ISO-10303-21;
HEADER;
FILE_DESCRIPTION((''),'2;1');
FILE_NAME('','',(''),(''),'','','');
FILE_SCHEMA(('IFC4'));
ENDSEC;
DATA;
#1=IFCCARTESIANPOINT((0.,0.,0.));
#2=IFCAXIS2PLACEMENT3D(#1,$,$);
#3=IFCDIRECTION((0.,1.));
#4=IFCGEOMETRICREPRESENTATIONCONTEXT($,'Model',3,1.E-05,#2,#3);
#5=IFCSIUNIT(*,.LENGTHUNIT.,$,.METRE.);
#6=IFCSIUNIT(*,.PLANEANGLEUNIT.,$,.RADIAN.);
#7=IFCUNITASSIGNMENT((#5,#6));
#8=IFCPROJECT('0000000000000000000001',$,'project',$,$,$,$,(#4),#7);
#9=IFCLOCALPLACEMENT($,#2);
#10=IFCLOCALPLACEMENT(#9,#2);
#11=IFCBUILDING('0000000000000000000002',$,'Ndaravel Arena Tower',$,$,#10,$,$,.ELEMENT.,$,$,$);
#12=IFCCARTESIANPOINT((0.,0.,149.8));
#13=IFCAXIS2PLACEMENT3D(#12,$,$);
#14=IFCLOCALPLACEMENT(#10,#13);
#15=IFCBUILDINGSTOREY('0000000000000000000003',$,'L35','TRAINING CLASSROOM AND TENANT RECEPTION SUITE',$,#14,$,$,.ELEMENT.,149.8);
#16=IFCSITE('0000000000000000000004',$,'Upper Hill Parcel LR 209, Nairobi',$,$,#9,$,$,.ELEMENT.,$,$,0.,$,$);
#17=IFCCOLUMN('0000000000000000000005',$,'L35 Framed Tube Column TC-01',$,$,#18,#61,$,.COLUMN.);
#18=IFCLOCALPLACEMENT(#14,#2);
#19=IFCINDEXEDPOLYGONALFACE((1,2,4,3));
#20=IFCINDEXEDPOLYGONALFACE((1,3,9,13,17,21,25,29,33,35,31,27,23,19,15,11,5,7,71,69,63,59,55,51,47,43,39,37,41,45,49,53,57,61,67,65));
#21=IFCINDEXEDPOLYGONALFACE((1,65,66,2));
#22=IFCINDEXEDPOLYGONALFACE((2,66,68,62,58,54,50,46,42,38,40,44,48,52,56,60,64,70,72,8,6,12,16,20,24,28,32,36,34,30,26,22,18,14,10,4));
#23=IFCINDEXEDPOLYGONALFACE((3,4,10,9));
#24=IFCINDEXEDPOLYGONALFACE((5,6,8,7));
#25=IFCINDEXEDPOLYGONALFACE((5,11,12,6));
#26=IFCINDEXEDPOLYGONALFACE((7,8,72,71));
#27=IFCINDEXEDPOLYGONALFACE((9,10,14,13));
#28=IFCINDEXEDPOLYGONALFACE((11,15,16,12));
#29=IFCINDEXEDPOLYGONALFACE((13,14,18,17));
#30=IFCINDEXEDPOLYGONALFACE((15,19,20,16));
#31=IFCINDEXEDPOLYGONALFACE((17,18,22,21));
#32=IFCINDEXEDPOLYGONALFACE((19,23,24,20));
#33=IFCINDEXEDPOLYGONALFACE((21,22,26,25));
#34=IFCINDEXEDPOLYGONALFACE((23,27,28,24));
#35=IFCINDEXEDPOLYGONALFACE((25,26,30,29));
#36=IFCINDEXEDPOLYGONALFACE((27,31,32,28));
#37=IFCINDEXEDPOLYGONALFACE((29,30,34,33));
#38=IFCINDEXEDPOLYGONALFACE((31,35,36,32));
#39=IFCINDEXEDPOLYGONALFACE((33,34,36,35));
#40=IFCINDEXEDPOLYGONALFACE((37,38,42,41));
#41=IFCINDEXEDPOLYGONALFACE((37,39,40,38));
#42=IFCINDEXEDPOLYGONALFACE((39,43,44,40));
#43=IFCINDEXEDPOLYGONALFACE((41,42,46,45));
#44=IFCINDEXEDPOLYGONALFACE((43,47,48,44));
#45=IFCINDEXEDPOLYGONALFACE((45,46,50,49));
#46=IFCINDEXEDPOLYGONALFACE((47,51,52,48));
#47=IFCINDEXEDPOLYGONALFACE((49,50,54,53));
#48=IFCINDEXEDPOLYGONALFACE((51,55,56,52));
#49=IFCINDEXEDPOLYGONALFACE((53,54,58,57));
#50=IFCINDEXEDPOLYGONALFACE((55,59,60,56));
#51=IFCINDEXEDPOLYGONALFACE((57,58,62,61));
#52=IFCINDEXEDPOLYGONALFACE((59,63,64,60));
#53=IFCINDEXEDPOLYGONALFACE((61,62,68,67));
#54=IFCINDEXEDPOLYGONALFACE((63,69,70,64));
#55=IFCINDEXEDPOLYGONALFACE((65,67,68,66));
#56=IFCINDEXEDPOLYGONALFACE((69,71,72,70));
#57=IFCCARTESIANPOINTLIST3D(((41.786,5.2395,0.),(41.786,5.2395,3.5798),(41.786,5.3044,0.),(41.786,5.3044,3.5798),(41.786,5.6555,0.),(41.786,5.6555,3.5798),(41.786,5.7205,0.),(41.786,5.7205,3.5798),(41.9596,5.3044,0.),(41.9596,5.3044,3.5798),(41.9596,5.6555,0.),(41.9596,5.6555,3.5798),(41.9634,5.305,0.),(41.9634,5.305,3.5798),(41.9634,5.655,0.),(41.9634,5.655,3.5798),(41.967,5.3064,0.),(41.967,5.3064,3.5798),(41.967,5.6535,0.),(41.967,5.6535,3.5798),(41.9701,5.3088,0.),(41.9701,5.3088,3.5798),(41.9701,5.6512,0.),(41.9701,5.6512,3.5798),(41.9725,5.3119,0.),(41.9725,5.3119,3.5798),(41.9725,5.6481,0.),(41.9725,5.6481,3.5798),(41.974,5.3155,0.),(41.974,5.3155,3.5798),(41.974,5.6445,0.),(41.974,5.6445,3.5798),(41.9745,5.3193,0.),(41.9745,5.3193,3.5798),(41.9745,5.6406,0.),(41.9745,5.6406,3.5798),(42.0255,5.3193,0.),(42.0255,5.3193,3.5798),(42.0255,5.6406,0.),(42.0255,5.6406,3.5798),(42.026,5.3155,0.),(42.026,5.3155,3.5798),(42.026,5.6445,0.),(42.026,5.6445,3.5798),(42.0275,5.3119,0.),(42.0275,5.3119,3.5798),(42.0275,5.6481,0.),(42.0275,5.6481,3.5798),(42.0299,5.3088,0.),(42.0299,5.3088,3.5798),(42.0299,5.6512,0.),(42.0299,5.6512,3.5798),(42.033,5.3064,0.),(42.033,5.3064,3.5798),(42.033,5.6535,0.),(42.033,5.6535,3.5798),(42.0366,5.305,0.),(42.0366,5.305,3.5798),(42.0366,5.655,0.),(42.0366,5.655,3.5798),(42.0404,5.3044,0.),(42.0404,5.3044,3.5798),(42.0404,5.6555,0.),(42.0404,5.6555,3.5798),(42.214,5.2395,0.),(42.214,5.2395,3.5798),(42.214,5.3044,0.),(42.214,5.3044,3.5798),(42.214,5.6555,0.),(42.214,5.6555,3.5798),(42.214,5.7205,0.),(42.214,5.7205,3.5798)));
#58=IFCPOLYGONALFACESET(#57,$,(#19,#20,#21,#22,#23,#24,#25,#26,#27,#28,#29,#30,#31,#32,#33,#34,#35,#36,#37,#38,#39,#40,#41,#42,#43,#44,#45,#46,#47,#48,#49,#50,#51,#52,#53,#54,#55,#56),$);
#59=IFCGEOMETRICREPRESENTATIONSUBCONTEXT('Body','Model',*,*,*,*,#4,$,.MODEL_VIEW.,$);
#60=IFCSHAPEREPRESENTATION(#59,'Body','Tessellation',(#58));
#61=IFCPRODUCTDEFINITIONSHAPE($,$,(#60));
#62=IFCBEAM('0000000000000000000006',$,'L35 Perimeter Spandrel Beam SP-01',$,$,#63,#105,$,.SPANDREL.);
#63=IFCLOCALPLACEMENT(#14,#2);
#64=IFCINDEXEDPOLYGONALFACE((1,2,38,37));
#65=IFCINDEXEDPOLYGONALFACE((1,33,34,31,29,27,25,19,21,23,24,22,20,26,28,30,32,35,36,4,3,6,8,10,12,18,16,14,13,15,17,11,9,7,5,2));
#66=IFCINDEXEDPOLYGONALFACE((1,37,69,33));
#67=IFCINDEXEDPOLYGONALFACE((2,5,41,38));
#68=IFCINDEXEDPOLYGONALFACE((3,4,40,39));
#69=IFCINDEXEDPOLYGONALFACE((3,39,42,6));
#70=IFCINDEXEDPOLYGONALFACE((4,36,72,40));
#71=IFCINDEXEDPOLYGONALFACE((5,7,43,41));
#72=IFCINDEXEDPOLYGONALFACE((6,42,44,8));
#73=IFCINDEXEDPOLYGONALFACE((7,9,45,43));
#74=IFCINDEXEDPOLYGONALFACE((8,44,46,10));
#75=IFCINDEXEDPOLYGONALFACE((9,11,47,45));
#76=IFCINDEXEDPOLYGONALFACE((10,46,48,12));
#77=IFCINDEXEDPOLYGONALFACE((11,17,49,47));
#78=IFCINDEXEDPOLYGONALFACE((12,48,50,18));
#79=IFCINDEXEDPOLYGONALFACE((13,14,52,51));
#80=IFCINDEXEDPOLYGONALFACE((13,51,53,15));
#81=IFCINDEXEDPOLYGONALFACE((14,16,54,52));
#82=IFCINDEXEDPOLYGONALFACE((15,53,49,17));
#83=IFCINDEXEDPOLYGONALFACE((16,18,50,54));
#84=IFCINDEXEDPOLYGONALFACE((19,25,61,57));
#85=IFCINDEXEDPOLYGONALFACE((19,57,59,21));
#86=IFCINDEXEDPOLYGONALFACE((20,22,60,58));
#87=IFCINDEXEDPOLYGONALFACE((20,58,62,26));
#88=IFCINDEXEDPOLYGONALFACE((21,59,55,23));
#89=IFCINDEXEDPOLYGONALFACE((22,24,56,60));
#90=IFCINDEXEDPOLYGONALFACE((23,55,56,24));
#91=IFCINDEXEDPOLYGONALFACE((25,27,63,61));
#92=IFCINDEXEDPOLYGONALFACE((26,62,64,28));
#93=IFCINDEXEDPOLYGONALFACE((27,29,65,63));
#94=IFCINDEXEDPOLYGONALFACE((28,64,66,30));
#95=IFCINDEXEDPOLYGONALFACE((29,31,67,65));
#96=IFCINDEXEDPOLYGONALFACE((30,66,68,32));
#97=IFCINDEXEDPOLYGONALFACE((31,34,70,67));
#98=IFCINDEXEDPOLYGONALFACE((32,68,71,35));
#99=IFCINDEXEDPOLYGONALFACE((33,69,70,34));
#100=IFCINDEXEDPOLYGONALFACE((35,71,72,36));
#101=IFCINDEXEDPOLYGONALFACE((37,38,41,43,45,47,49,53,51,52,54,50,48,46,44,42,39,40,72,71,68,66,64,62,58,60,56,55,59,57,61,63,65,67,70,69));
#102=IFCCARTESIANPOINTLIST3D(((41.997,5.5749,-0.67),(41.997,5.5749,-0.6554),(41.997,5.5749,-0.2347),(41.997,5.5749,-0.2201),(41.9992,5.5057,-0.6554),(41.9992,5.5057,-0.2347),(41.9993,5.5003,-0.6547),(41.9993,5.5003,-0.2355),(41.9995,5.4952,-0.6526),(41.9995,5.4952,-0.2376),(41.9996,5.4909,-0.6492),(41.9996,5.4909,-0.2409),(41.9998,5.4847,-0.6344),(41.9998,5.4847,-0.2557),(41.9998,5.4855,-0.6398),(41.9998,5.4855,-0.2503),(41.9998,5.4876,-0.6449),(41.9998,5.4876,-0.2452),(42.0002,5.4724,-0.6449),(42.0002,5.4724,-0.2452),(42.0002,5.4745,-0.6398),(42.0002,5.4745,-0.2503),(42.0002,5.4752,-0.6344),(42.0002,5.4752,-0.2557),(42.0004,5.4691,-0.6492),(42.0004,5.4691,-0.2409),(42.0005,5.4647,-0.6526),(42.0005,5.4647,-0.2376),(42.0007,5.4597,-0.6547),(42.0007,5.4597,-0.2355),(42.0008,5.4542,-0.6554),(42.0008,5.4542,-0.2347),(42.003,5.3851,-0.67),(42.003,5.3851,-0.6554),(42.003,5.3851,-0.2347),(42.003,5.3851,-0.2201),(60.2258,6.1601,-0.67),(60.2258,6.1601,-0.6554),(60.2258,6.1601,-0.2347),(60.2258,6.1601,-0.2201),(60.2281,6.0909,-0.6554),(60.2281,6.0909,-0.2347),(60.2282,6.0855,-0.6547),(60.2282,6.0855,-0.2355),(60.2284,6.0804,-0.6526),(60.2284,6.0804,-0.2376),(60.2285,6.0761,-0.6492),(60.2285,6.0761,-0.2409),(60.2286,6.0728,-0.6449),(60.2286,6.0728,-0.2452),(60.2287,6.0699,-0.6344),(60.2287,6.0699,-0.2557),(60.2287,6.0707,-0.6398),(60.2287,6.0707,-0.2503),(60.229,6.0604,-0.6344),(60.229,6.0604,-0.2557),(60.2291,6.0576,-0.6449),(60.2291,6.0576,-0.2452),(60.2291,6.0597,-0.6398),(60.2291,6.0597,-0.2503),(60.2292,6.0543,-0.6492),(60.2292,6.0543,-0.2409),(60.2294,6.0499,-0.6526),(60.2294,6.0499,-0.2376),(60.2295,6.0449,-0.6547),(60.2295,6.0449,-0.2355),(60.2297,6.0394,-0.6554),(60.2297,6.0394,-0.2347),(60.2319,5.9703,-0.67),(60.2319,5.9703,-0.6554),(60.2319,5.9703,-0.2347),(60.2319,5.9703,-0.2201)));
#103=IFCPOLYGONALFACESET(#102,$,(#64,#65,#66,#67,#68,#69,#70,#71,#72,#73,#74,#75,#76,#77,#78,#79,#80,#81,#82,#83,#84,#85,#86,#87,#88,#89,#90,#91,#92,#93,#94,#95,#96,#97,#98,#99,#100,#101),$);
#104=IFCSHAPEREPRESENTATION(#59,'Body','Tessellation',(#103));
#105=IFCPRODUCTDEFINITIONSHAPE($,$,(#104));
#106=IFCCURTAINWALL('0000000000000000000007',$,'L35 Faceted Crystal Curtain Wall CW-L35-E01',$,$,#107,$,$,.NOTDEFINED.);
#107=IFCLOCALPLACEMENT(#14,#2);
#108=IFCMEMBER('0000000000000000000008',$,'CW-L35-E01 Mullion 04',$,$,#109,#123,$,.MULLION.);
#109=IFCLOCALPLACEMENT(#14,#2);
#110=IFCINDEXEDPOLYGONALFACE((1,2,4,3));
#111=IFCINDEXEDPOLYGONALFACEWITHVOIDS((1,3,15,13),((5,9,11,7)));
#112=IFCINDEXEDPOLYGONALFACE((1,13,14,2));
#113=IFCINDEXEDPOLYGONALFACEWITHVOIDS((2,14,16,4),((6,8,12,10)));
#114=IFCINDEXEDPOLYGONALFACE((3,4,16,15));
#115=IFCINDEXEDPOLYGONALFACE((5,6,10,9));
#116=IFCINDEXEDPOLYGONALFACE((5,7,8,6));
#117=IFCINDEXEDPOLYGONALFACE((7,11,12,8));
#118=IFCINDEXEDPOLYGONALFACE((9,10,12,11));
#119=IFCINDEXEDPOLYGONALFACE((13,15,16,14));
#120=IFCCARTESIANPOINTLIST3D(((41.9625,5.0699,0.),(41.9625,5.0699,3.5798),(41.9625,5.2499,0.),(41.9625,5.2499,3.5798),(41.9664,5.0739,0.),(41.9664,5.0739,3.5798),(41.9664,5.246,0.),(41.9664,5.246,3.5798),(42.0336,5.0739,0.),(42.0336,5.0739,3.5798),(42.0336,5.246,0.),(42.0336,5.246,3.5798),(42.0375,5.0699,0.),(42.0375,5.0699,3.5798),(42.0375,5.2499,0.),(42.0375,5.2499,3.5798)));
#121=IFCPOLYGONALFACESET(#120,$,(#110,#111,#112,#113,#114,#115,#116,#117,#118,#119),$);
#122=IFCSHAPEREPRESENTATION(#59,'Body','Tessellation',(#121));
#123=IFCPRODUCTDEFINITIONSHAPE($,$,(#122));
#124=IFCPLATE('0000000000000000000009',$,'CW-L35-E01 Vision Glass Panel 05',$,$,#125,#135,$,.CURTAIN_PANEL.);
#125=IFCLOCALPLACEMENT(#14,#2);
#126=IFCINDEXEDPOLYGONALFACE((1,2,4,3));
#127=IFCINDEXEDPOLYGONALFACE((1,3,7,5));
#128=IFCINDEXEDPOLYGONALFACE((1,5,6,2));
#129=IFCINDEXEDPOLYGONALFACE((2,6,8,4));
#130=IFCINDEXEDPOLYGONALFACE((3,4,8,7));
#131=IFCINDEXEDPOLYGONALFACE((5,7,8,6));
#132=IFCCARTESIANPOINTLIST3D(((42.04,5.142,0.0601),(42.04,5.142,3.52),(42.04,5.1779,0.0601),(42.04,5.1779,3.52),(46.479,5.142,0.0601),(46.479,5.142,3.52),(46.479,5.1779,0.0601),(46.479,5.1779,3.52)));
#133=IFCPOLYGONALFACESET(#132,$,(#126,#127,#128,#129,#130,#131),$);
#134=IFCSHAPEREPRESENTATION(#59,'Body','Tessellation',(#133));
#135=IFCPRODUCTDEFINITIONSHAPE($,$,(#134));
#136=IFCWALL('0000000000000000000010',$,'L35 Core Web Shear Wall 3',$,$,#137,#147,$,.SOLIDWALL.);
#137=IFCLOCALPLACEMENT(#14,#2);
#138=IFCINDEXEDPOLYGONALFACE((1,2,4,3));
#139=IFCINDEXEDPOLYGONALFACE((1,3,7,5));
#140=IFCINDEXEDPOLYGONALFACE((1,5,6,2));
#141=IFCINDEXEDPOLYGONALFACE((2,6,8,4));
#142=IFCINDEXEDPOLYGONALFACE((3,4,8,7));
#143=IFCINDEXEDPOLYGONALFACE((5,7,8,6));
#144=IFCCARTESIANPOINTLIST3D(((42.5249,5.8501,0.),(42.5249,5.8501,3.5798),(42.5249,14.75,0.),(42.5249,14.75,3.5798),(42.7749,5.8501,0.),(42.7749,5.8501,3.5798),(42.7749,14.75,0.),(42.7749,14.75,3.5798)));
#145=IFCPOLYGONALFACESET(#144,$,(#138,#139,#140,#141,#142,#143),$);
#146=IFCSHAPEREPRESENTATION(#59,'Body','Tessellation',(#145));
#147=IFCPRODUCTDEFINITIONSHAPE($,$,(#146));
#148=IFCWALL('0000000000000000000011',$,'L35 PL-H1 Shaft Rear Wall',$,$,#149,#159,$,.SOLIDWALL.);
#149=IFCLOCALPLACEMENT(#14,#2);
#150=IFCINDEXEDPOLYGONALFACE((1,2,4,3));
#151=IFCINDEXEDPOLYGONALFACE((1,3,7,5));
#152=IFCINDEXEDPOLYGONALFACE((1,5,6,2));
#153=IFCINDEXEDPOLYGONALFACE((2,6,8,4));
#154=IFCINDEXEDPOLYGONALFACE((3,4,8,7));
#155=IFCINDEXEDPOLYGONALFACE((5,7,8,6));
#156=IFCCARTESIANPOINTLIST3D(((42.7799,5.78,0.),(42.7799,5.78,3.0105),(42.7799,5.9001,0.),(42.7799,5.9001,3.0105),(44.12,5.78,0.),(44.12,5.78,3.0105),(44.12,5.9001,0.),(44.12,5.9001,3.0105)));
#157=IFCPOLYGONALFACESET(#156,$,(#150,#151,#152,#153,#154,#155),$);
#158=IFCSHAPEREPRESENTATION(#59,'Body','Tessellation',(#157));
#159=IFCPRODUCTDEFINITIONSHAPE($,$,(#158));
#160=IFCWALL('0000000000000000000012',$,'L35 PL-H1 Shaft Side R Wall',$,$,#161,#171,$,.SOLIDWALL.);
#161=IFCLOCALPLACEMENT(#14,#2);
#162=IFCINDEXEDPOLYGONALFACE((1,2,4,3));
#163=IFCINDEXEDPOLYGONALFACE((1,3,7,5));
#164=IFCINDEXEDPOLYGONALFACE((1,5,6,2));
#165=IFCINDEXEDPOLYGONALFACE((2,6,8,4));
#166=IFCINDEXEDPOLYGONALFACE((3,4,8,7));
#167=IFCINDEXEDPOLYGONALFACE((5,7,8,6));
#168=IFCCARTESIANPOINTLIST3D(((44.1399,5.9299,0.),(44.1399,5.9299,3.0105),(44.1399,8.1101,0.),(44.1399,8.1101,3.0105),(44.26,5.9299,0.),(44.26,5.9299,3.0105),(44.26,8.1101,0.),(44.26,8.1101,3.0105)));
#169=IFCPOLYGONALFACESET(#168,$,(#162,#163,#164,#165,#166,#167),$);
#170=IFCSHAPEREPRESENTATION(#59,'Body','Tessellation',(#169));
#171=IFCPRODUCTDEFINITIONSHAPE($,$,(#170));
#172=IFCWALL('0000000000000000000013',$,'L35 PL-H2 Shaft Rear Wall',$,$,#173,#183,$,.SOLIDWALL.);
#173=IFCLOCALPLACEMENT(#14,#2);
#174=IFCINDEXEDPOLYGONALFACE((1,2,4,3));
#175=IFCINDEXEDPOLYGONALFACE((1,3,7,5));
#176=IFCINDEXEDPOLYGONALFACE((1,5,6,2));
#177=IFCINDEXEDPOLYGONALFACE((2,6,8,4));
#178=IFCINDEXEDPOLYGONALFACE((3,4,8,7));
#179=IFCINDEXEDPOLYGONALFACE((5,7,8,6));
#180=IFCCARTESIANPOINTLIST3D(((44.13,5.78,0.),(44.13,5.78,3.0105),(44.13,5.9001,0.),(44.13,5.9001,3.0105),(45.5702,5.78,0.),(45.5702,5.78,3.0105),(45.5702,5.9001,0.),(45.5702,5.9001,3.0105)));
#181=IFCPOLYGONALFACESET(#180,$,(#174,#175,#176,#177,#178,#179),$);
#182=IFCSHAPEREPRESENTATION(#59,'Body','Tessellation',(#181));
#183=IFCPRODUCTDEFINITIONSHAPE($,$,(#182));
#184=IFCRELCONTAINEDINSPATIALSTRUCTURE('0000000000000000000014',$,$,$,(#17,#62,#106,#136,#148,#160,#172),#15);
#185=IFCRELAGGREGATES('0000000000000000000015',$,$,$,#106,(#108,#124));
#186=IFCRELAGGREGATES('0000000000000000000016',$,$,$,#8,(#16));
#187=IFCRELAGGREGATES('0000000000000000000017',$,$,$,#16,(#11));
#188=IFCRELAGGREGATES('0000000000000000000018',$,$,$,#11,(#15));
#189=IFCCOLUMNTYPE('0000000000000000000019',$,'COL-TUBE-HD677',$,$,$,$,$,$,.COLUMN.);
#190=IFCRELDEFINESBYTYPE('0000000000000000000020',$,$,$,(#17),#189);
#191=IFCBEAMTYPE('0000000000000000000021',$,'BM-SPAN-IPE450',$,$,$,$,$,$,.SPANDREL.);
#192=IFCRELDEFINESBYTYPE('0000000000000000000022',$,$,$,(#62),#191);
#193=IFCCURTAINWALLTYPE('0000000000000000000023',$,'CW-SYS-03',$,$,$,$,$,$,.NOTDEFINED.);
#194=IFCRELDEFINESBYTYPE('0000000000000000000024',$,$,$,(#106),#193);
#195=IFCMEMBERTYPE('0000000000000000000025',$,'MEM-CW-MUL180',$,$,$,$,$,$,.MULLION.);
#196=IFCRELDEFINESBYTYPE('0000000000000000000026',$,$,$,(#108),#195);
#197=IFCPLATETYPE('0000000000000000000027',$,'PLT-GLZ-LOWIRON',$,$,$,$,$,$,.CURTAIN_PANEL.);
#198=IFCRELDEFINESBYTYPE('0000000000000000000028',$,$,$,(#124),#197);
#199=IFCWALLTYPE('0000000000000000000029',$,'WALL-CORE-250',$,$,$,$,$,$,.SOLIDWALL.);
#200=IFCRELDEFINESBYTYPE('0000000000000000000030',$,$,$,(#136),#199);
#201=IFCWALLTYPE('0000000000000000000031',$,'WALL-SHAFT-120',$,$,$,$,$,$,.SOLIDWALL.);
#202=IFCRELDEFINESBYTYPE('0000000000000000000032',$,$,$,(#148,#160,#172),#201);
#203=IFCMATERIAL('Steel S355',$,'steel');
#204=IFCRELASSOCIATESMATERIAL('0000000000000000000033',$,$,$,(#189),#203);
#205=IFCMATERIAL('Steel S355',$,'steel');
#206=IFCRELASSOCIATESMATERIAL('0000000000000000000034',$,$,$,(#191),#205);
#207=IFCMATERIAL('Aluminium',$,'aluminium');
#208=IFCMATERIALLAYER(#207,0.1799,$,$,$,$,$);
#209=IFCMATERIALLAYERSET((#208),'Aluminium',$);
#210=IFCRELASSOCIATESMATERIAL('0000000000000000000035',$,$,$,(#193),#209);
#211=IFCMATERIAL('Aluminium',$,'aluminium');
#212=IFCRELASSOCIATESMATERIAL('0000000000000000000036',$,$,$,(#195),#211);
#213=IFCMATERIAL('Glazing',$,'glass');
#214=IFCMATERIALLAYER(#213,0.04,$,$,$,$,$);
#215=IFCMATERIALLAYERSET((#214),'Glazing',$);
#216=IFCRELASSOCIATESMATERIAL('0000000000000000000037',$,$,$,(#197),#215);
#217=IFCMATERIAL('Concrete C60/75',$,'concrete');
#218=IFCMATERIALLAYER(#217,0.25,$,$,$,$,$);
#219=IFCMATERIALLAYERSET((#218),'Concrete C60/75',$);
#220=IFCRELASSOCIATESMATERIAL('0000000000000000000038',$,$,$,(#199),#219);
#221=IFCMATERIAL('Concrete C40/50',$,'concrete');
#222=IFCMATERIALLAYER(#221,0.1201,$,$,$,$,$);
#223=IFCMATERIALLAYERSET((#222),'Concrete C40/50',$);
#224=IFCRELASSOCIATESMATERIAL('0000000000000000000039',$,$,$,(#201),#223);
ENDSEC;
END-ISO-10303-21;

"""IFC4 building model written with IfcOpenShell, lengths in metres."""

from ifc_helpers import new_model, si_unit, direction, frame, frame_2d, origin, origin_2d, place, context, subcontext, project, spatial, rectangle, hollow_rectangle, i_section, extrude, material, layer, layer_set, material_profile, profile_set, type_object, element, aggregate, save


model = new_model("IFC4")

# Units and contexts
model_context = context("Model", 3, precision=1e-05, world=origin(), true_north=direction((0.0, 1.0)))
body_context = subcontext(model_context, "Body", "Model", "MODEL_VIEW")
ifc_project = project(units=[si_unit("LENGTHUNIT", "METRE"), si_unit("PLANEANGLEUNIT", "RADIAN")], contexts=[model_context])

# Site, building, storey
site_placement = place(None, origin())
site = spatial("IfcSite", under=ifc_project, at=site_placement, Name="Upper Hill Parcel LR 209, Nairobi", CompositionType="ELEMENT", RefElevation=0.0)
building_placement = place(site_placement, origin())
building = spatial("IfcBuilding", under=site, at=building_placement, Name="Ndaravel Arena Tower", CompositionType="ELEMENT")
storey_placement = place(building_placement, frame((0.0, 0.0, 149.8)))
storey = spatial("IfcBuildingStorey", under=building, at=storey_placement, Name="L35", Description="TRAINING CLASSROOM AND TENANT RECEPTION SUITE", CompositionType="ELEMENT", Elevation=149.8)

# Column
ifc_material_1 = material(Name="Steel S355", Category="steel")
ifc_material_profile_1 = material_profile(ifc_material_1, i_section(OverallWidth=0.428, OverallDepth=0.481, WebThickness=0.051, FlangeThickness=0.0649, FilletRadius=0.0149, at=origin_2d()), Name="HD 400x677")
ifc_profile_set_1 = profile_set([ifc_material_profile_1], Name="Steel S355")
column_type = type_object("IfcColumnType", Name="COL-TUBE-HD677", PredefinedType="COLUMN", material=ifc_profile_set_1)
column_placement = place(storey_placement, frame((42.0, 5.48, 0.0), z_axis=(0.0, 0.0, 1.0), x_axis=(1.0, 0.0, 0.0)))
element("IfcColumn", 1, at=column_placement, inside=storey, type_object=column_type, Name="L35 Framed Tube Column TC-01", PredefinedType="COLUMN", context=body_context, shape_type="SweptSolid", body=[
    extrude(i_section(OverallWidth=0.428, OverallDepth=0.481, WebThickness=0.051, FlangeThickness=0.0649, FilletRadius=0.0149, at=origin_2d()), origin(), (0.0, 0.0, 1.0), 3.5798),
])

# Beam
ifc_material_2 = material(Name="Steel S355", Category="steel")
ifc_material_profile_2 = material_profile(ifc_material_2, i_section(OverallWidth=0.1899, OverallDepth=0.45, WebThickness=0.0095, FlangeThickness=0.0146, FilletRadius=0.021, at=origin_2d()), Name="IPE 450")
ifc_profile_set_2 = profile_set([ifc_material_profile_2], Name="Steel S355")
beam_type = type_object("IfcBeamType", Name="BM-SPAN-IPE450", PredefinedType="SPANDREL", material=ifc_profile_set_2)
beam_placement = place(storey_placement, frame((42.0, 5.48, -0.4451), z_axis=(0.999485, 0.032086, 0.0), x_axis=(-0.032086, 0.999485, 0.0)))
element("IfcBeam", 2, at=beam_placement, inside=storey, type_object=beam_type, Name="L35 Perimeter Spandrel Beam SP-01", PredefinedType="SPANDREL", context=body_context, shape_type="SweptSolid", body=[
    extrude(i_section(OverallWidth=0.1899, OverallDepth=0.45, WebThickness=0.0095, FlangeThickness=0.0146, FilletRadius=0.021, at=origin_2d()), origin(), (0.0, 0.0, 1.0), 18.2383),
])

# Curtain wall, member, plate
ifc_material_3 = material(Name="Aluminium", Category="aluminium")
ifc_layer_1 = layer(ifc_material_3, 0.1799)
ifc_layer_set_1 = layer_set([ifc_layer_1], Name="Aluminium")
curtain_wall_type = type_object("IfcCurtainWallType", Name="CW-SYS-03", PredefinedType="NOTDEFINED", material=ifc_layer_set_1)
curtain_wall_placement = place(storey_placement, origin())
curtain_wall = element("IfcCurtainWall", 3, at=curtain_wall_placement, inside=storey, type_object=curtain_wall_type, Name="L35 Faceted Crystal Curtain Wall CW-L35-E01", PredefinedType="NOTDEFINED")
ifc_material_4 = material(Name="Aluminium", Category="aluminium")
ifc_material_profile_3 = material_profile(ifc_material_4, hollow_rectangle(XDim=0.075, YDim=0.1799, WallThickness=0.0039, at=origin_2d()), Name="CW MULLION 75x180x4")
ifc_profile_set_3 = profile_set([ifc_material_profile_3], Name="Aluminium")
member_type = type_object("IfcMemberType", Name="MEM-CW-MUL180", PredefinedType="MULLION", material=ifc_profile_set_3)
member_placement = place(storey_placement, frame((42.0, 5.1599, 0.0), z_axis=(0.0, 0.0, 1.0), x_axis=(1.0, 0.0, 0.0)))
member = element("IfcMember", 4, at=member_placement, type_object=member_type, Name="CW-L35-E01 Mullion 04", PredefinedType="MULLION", context=body_context, shape_type="SweptSolid", body=[
    extrude(hollow_rectangle(XDim=0.075, YDim=0.1799, WallThickness=0.0039, at=origin_2d()), origin(), (0.0, 0.0, 1.0), 3.5798),
])
ifc_material_5 = material(Name="Glazing", Category="glass")
ifc_layer_2 = layer(ifc_material_5, 0.04)
ifc_layer_set_2 = layer_set([ifc_layer_2], Name="Glazing")
plate_type = type_object("IfcPlateType", Name="PLT-GLZ-LOWIRON", PredefinedType="CURTAIN_PANEL", material=ifc_layer_set_2)
plate_placement = place(storey_placement, frame((44.2595, 5.1599, 0.0601), z_axis=(0.0, 0.0, 1.0), x_axis=(1.0, 0.0, 0.0)))
plate = element("IfcPlate", 5, at=plate_placement, type_object=plate_type, Name="CW-L35-E01 Vision Glass Panel 05", PredefinedType="CURTAIN_PANEL", context=body_context, shape_type="SweptSolid", body=[
    extrude(rectangle(XDim=4.439, YDim=0.0359, at=origin_2d()), origin(), (0.0, 0.0, 1.0), 3.46),
])
aggregate(curtain_wall, [member, plate])

# Walls
ifc_material_6 = material(Name="Concrete C60/75", Category="concrete")
ifc_layer_3 = layer(ifc_material_6, 0.25)
ifc_layer_set_3 = layer_set([ifc_layer_3], Name="Concrete C60/75")
wall_type_1 = type_object("IfcWallType", Name="WALL-CORE-250", PredefinedType="SOLIDWALL", material=ifc_layer_set_3)
wall_1_placement = place(storey_placement, frame((42.6499, 5.8501, 0.0), z_axis=(0.0, 0.0, 1.0), x_axis=(0.0, 1.0, 0.0)))
element("IfcWall", 6, at=wall_1_placement, inside=storey, type_object=wall_type_1, Name="L35 Core Web Shear Wall 3", PredefinedType="SOLIDWALL", context=body_context, shape_type="SweptSolid", body=[
    extrude(rectangle(XDim=8.8999, YDim=0.25, at=frame_2d((4.45, 0.0))), origin(), (0.0, 0.0, 1.0), 3.5798),
])
ifc_material_7 = material(Name="Concrete C40/50", Category="concrete")
ifc_layer_4 = layer(ifc_material_7, 0.1201)
ifc_layer_set_4 = layer_set([ifc_layer_4], Name="Concrete C40/50")
wall_type_2 = type_object("IfcWallType", Name="WALL-SHAFT-120", PredefinedType="SOLIDWALL", material=ifc_layer_set_4)
wall_2_placement = place(storey_placement, frame((42.78, 5.8401, 0.0), z_axis=(0.0, 0.0, 1.0), x_axis=(1.0, 0.0, 0.0)))
element("IfcWall", 7, at=wall_2_placement, inside=storey, type_object=wall_type_2, Name="L35 PL-H1 Shaft Rear Wall", PredefinedType="SOLIDWALL", context=body_context, shape_type="SweptSolid", body=[
    extrude(rectangle(XDim=1.3401, YDim=0.1201, at=frame_2d((0.6699, 0.0))), origin(), (0.0, 0.0, 1.0), 3.0105),
])
wall_3_placement = place(storey_placement, frame((44.2, 5.9299, 0.0), z_axis=(0.0, 0.0, 1.0), x_axis=(0.0, 1.0, 0.0)))
element("IfcWall", 8, at=wall_3_placement, inside=storey, type_object=wall_type_2, Name="L35 PL-H1 Shaft Side R Wall", PredefinedType="SOLIDWALL", context=body_context, shape_type="SweptSolid", body=[
    extrude(rectangle(XDim=2.1802, YDim=0.1201, at=frame_2d((1.0901, 0.0))), origin(), (0.0, 0.0, 1.0), 3.0105),
])
wall_4_placement = place(storey_placement, frame((44.1299, 5.8401, 0.0), z_axis=(0.0, 0.0, 1.0), x_axis=(1.0, 0.0, 0.0)))
element("IfcWall", 9, at=wall_4_placement, inside=storey, type_object=wall_type_2, Name="L35 PL-H2 Shaft Rear Wall", PredefinedType="SOLIDWALL", context=body_context, shape_type="SweptSolid", body=[
    extrude(rectangle(XDim=1.4402, YDim=0.1201, at=frame_2d((0.7202, 0.0))), origin(), (0.0, 0.0, 1.0), 3.0105),
])

save(model, "model.ifc")
